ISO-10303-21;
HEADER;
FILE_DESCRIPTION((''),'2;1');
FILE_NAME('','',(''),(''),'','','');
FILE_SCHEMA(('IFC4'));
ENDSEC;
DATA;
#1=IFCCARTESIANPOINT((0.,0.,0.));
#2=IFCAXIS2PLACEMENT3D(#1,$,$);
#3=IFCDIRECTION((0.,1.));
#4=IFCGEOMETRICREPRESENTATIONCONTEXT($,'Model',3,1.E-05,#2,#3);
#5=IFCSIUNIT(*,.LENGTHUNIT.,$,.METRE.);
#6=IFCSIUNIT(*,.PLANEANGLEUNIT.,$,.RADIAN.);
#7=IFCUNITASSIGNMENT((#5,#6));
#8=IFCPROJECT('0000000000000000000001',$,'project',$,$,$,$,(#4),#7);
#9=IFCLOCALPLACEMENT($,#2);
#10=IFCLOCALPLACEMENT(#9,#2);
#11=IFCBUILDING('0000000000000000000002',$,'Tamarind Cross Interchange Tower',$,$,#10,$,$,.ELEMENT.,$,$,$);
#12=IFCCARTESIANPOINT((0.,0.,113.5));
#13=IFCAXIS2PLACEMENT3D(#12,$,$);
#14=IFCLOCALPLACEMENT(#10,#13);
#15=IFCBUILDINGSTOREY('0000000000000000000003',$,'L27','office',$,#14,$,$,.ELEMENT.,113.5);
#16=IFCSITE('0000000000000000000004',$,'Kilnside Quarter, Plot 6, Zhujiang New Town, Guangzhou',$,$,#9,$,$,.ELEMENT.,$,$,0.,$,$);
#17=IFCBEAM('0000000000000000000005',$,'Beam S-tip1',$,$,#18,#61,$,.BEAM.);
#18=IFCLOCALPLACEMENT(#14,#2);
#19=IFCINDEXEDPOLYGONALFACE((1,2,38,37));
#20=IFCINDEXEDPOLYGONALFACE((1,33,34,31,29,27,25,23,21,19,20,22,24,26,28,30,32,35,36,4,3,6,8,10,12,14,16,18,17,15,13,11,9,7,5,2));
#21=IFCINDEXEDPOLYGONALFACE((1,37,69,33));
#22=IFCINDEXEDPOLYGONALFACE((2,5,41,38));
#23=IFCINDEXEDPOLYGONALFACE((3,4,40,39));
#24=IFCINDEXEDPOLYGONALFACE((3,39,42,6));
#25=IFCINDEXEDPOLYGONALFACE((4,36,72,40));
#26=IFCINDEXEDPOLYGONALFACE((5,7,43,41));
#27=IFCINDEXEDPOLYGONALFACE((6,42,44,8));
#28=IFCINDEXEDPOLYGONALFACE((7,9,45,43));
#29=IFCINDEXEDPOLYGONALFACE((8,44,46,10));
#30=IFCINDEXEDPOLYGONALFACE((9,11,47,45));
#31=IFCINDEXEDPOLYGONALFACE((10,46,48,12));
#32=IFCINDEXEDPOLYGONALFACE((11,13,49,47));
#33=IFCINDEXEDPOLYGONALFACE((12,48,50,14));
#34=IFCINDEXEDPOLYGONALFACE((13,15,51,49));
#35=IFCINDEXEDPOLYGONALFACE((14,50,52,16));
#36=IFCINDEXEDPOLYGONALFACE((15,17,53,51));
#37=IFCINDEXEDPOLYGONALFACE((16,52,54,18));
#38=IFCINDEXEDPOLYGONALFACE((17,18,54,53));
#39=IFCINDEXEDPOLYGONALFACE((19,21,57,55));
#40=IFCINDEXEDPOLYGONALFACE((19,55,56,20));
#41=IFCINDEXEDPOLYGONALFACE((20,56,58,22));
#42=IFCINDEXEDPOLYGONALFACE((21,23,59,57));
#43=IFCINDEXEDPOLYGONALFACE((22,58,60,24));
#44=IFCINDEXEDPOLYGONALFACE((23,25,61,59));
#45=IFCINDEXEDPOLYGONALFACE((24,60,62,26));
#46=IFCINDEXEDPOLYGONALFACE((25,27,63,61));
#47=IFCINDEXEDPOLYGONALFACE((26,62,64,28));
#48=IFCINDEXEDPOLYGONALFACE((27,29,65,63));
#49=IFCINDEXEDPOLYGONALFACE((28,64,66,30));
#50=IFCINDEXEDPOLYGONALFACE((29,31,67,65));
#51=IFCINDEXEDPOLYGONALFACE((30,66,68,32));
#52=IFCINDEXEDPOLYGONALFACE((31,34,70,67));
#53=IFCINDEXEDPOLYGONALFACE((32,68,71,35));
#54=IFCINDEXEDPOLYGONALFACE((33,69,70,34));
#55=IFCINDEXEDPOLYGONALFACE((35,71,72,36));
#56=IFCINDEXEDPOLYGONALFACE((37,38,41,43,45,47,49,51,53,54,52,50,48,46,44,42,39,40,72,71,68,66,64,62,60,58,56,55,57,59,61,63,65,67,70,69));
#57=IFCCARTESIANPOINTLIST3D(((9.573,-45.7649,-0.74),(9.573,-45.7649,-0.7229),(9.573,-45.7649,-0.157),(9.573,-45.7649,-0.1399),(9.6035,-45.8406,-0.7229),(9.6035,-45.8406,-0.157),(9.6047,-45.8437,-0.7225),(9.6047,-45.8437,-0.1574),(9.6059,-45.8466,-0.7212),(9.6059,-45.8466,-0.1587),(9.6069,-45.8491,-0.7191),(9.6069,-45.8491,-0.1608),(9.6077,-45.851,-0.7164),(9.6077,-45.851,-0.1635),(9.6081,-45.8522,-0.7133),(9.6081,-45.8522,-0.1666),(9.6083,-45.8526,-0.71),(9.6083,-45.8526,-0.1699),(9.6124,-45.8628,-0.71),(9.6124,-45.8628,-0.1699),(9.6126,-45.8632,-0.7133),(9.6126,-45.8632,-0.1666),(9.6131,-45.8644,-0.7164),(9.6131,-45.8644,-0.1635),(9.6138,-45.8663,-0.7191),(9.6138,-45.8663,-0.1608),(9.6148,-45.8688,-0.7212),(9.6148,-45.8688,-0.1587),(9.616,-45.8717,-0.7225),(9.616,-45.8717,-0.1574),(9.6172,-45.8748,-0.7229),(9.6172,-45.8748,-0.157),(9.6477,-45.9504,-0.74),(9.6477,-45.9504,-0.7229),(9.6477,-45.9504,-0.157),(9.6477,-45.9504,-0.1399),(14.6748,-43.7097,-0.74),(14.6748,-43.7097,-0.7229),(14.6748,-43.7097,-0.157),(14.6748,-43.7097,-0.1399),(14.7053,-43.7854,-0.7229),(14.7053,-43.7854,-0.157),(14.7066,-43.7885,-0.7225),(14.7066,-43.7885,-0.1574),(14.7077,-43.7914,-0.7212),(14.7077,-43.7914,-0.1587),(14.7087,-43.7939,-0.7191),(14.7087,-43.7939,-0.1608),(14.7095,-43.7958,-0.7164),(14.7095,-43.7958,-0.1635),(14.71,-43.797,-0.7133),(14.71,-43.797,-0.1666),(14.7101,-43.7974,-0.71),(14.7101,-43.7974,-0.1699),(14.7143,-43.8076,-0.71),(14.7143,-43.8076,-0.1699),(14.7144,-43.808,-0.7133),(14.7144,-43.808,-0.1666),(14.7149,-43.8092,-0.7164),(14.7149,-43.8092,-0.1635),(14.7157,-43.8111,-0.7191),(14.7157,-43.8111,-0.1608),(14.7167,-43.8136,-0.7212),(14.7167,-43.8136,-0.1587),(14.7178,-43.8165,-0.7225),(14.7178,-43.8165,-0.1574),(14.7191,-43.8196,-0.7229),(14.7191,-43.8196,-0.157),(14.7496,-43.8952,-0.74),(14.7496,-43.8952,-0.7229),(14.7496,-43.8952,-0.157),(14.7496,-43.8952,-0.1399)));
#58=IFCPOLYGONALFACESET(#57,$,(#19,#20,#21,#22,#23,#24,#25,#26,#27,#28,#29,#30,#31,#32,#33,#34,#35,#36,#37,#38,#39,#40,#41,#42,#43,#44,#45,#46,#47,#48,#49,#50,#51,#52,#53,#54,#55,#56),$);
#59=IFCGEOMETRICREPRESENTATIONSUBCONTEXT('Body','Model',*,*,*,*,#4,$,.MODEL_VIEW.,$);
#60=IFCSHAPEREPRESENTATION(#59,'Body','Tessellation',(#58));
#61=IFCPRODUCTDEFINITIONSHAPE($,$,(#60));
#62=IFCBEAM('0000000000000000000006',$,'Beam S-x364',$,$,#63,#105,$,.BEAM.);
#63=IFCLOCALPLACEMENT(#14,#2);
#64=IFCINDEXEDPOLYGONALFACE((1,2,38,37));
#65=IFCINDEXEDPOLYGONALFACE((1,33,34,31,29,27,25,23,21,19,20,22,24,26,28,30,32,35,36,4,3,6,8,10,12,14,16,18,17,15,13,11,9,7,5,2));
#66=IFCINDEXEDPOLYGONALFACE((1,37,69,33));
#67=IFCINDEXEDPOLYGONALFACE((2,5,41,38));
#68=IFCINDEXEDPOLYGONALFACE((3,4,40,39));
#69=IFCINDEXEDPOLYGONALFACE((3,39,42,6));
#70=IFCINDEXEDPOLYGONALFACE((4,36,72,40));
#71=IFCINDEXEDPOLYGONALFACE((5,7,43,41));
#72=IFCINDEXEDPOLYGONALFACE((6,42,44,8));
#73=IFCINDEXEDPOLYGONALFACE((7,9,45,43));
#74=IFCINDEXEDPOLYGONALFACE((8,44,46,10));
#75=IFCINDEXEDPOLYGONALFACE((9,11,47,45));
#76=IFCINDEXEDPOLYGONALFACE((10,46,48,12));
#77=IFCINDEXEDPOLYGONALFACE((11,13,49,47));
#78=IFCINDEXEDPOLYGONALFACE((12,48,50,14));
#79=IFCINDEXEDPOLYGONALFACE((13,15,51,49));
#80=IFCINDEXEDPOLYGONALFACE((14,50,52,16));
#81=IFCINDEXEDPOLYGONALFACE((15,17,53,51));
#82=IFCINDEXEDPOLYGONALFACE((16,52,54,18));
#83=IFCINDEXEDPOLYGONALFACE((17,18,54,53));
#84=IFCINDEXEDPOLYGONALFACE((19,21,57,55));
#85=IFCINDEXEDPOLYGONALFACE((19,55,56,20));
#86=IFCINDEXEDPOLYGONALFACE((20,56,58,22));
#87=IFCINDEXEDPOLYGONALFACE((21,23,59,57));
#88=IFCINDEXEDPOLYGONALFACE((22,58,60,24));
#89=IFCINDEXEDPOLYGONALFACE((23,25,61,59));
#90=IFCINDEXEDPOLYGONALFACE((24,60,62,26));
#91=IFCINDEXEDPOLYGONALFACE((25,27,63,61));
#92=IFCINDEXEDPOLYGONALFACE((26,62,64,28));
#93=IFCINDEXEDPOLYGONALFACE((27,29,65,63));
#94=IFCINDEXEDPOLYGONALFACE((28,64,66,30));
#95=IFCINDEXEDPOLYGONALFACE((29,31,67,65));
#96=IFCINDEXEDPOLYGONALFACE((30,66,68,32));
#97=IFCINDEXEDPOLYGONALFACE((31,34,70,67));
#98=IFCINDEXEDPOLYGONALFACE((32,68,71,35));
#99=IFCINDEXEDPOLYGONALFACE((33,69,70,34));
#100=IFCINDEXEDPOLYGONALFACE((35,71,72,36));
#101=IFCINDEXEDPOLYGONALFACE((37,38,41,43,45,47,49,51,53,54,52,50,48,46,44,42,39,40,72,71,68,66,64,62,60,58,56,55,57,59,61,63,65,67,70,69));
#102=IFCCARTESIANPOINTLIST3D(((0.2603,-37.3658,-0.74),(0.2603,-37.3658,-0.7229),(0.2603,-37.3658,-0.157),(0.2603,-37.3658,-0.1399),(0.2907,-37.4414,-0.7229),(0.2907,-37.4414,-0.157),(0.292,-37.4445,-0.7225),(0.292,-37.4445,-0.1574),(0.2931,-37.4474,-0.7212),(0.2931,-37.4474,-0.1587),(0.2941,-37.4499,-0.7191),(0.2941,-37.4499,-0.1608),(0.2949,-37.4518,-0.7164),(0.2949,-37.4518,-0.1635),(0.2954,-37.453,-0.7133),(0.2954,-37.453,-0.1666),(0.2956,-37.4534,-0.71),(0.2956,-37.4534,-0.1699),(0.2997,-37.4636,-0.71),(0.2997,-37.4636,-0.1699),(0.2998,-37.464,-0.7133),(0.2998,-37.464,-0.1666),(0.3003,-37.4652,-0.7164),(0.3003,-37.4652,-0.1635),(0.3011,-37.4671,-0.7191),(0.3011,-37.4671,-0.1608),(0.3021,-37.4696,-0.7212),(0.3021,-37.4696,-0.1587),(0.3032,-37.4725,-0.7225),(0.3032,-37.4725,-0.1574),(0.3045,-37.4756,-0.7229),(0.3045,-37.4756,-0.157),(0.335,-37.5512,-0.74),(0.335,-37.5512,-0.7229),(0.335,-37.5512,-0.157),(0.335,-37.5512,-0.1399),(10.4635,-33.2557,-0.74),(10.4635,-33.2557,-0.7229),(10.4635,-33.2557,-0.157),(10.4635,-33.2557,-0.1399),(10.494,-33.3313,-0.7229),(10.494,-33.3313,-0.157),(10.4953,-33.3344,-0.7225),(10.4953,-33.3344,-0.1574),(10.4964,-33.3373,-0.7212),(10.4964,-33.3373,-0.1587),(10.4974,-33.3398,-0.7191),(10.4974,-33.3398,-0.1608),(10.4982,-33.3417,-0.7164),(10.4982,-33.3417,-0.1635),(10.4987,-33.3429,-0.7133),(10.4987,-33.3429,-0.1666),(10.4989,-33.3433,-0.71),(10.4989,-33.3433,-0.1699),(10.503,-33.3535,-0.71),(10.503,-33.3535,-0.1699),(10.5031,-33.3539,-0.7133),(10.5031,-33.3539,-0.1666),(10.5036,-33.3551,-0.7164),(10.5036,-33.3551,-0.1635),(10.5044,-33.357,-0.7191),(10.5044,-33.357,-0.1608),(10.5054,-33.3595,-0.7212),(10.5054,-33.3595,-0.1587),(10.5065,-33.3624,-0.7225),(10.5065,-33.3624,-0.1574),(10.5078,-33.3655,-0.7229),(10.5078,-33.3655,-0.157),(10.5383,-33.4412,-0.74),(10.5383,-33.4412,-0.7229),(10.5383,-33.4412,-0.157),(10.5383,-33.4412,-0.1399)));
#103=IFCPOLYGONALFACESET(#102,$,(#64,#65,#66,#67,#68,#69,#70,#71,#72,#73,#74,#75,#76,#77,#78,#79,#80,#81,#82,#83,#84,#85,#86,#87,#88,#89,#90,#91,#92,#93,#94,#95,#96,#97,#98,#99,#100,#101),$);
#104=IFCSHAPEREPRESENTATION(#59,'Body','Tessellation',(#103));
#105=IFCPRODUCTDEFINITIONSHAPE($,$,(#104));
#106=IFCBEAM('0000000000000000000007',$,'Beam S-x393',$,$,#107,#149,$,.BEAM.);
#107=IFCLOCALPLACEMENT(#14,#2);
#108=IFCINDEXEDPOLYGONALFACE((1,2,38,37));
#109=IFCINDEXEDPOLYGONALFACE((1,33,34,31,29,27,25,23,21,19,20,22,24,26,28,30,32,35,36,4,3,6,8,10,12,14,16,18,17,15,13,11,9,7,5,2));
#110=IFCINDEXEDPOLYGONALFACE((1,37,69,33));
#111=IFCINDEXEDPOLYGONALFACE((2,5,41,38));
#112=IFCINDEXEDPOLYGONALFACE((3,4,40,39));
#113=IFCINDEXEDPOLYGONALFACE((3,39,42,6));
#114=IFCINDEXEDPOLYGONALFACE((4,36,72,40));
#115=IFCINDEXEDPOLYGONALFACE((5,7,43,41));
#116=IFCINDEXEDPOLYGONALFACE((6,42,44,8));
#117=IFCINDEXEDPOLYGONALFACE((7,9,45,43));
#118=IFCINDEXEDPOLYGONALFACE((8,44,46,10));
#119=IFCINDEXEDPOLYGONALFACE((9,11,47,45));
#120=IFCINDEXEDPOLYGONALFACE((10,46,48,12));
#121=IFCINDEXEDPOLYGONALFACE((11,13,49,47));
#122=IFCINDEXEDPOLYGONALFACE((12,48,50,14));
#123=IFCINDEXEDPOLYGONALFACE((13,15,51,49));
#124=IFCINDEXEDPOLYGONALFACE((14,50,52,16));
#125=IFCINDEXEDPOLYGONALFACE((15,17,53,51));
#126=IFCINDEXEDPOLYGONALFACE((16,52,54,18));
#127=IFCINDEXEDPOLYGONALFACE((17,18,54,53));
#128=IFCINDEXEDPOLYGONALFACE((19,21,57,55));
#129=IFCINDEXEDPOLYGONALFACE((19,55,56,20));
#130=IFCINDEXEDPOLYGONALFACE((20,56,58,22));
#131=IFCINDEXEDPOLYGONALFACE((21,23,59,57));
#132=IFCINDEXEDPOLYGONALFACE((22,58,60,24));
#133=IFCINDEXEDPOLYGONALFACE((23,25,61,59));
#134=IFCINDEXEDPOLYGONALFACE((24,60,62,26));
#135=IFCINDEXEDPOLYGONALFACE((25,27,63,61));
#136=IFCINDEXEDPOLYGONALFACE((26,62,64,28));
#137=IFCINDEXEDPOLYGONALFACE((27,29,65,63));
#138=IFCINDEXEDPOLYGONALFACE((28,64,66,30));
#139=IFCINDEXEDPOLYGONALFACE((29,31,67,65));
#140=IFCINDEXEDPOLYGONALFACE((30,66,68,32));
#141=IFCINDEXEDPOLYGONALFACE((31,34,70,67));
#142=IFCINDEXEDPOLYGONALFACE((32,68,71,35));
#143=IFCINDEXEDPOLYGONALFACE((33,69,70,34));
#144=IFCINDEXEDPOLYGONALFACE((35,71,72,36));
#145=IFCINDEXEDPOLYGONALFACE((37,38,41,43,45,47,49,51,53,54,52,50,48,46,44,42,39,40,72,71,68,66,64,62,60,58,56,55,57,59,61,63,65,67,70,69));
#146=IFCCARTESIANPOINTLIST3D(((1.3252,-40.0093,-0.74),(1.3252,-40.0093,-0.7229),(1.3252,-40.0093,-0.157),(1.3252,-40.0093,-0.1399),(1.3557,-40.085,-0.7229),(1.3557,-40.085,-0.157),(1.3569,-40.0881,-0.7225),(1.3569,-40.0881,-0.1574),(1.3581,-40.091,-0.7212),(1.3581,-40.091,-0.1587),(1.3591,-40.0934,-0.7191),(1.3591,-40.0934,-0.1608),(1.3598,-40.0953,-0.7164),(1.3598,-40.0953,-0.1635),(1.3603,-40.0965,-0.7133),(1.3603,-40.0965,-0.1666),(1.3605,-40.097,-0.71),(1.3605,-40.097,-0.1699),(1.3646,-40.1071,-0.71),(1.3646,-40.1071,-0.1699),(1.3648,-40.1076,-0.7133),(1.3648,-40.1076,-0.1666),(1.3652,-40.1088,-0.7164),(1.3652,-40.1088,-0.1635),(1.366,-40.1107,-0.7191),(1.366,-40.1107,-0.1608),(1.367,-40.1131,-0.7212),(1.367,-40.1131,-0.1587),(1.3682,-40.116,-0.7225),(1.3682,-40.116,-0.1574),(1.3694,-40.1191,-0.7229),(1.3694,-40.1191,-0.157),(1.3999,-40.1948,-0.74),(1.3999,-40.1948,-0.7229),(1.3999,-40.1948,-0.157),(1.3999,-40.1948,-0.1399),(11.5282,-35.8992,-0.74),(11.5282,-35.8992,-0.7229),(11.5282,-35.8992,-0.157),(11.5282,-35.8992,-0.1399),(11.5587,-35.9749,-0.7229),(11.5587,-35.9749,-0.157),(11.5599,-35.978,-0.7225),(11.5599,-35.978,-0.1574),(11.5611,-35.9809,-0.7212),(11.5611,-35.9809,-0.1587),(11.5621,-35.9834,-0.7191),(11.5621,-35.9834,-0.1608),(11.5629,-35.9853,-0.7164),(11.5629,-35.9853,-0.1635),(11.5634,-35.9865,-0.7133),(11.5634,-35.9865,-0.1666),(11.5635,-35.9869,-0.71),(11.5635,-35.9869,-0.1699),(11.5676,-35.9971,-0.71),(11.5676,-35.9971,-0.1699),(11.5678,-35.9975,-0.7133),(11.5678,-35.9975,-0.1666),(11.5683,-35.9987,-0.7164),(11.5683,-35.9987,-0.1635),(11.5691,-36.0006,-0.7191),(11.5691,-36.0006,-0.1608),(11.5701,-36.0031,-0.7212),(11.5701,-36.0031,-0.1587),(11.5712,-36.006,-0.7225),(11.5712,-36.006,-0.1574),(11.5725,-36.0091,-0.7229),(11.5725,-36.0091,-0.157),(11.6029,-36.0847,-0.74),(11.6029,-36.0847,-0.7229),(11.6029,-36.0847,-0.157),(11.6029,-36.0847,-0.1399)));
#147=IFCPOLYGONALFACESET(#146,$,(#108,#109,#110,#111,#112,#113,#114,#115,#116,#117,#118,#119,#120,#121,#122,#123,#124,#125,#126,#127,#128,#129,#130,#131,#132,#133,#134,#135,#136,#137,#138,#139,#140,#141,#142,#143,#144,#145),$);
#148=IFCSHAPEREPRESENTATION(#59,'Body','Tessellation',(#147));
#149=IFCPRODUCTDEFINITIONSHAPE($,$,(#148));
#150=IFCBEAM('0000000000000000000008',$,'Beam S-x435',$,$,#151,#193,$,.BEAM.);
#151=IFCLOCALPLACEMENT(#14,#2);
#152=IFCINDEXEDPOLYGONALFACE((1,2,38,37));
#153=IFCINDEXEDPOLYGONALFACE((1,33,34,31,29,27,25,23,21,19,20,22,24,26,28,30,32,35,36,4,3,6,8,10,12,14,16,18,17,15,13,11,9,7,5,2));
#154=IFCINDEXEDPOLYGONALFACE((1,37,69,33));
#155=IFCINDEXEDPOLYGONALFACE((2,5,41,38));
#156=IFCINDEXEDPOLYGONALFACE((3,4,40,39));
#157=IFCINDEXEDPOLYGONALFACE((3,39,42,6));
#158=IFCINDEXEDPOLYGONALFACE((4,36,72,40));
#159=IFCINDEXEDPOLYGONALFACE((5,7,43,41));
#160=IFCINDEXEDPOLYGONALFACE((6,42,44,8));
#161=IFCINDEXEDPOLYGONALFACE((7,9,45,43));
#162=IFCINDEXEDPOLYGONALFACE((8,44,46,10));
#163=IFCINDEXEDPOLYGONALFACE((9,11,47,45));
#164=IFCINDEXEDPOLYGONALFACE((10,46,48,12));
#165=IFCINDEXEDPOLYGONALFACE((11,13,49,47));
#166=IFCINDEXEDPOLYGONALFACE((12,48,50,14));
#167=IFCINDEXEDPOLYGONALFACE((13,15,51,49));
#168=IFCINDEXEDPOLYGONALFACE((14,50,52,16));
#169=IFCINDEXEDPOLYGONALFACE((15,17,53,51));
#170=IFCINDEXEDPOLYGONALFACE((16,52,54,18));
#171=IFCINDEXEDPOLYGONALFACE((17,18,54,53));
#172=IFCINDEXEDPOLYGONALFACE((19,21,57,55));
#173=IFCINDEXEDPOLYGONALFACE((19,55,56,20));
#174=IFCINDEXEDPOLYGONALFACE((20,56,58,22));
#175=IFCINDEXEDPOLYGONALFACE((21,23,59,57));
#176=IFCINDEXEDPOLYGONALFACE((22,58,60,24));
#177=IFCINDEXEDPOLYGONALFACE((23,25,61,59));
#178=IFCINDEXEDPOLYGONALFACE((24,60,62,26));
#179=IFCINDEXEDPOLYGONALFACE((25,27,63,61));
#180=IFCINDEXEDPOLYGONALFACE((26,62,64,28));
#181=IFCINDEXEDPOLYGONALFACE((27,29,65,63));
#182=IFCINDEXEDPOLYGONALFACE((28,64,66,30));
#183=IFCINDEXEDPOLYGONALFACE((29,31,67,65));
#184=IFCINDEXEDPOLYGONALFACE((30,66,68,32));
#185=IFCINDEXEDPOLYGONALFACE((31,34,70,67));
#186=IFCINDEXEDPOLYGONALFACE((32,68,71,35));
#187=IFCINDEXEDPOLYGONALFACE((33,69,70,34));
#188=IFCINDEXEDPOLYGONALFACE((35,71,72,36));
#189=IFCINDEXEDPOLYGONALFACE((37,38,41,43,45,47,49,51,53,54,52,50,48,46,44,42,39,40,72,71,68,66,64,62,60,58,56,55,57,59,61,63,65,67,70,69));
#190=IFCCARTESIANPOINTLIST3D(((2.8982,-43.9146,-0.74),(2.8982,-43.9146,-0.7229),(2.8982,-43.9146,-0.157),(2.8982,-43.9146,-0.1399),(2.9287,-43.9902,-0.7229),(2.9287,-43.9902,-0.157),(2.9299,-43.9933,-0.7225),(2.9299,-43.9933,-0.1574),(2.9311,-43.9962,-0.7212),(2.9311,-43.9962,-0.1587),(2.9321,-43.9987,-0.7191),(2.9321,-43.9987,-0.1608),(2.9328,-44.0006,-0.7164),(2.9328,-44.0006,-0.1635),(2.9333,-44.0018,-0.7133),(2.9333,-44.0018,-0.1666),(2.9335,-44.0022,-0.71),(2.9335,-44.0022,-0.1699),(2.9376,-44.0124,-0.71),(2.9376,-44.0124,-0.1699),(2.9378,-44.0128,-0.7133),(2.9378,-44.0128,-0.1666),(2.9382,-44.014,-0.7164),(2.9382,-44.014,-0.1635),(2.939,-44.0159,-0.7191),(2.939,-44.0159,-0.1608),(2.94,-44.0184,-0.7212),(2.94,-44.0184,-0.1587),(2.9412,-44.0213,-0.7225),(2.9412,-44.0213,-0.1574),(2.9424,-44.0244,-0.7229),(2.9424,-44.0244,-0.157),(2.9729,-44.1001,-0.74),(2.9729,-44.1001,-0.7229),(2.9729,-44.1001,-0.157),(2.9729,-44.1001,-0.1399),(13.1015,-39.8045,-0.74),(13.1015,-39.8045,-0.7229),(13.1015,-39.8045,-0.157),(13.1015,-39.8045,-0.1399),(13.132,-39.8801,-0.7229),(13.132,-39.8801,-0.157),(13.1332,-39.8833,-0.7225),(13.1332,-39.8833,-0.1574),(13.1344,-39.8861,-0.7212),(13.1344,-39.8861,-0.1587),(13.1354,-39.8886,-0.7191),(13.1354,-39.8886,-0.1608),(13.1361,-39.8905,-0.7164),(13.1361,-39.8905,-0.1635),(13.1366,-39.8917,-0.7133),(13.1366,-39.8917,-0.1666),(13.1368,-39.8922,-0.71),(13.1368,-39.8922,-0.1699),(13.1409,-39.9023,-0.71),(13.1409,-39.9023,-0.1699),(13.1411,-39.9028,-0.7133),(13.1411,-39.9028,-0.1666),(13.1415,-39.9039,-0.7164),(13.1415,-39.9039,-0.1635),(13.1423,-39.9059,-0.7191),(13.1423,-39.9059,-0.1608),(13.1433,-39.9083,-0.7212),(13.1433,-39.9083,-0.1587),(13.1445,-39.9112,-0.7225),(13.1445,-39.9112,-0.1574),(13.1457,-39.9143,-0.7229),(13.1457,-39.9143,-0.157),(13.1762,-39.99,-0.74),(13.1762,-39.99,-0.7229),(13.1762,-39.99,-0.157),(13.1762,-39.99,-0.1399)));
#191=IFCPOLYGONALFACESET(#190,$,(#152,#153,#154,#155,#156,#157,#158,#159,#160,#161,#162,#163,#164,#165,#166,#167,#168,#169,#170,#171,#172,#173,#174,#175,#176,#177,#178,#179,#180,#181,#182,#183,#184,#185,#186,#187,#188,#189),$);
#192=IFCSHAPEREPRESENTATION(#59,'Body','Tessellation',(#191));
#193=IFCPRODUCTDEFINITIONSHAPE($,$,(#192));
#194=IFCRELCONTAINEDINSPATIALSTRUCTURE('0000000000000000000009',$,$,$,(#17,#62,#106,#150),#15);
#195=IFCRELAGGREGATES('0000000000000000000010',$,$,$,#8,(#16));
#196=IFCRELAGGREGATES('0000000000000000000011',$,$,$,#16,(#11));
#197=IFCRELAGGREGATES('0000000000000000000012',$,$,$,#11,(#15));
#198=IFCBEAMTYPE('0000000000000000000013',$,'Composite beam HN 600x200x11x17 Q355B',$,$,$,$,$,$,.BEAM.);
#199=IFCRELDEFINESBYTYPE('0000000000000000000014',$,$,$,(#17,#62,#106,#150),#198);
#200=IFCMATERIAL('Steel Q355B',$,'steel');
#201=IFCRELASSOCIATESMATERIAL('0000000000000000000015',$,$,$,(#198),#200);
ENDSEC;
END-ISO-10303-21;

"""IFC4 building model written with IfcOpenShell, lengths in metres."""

from ifc_helpers import new_model, si_unit, direction, frame, origin, origin_2d, place, context, subcontext, project, spatial, i_section, extrude, material, material_profile, profile_set, type_object, element, save


model = new_model("IFC4")

# Units and contexts
model_context = context("Model", 3, precision=1e-05, world=origin(), true_north=direction((0.0, 1.0)))
body_context = subcontext(model_context, "Body", "Model", "MODEL_VIEW")
ifc_project = project(units=[si_unit("LENGTHUNIT", "METRE"), si_unit("PLANEANGLEUNIT", "RADIAN")], contexts=[model_context])

# Site, building, storey
site_placement = place(None, origin())
site = spatial("IfcSite", under=ifc_project, at=site_placement, Name="Kilnside Quarter, Plot 6, Zhujiang New Town, Guangzhou", CompositionType="ELEMENT", RefElevation=0.0)
building_placement = place(site_placement, origin())
building = spatial("IfcBuilding", under=site, at=building_placement, Name="Tamarind Cross Interchange Tower", CompositionType="ELEMENT")
storey_placement = place(building_placement, frame((0.0, 0.0, 113.5)))
storey = spatial("IfcBuildingStorey", under=building, at=storey_placement, Name="L27", Description="office", CompositionType="ELEMENT", Elevation=113.5)

# Beams
ifc_material_1 = material(Name="Steel Q355B", Category="steel")
ifc_material_profile_1 = material_profile(ifc_material_1, i_section(OverallWidth=0.2, OverallDepth=0.6001, WebThickness=0.011, FlangeThickness=0.0171, FilletRadius=0.0129, at=origin_2d()), Name="HN 600x200x11x17")
ifc_profile_set_1 = profile_set([ifc_material_profile_1], Name="Steel Q355B")
beam_type_1 = type_object("IfcBeamType", Name="Composite beam HN 600x200x11x17 Q355B", PredefinedType="BEAM", material=ifc_profile_set_1)
beam_1_placement = place(storey_placement, frame((9.6104, -45.8577, -0.4399), z_axis=(0.927568, 0.373655, 0.0), x_axis=(-0.373655, 0.927568, 0.0)))
element("IfcBeam", 1, at=beam_1_placement, inside=storey, type_object=beam_type_1, Name="Beam S-tip1", PredefinedType="BEAM", context=body_context, shape_type="SweptSolid", body=[
    extrude(i_section(OverallWidth=0.2, OverallDepth=0.6001, WebThickness=0.011, FlangeThickness=0.0171, FilletRadius=0.0129, at=origin_2d()), origin(), (0.0, 0.0, 1.0), 5.5002),
])
beam_2_placement = place(storey_placement, frame((0.2976, -37.4585, -0.4399), z_axis=(0.927572, 0.373643, 0.0), x_axis=(-0.373643, 0.927572, 0.0)))
element("IfcBeam", 2, at=beam_2_placement, inside=storey, type_object=beam_type_1, Name="Beam S-x364", PredefinedType="BEAM", context=body_context, shape_type="SweptSolid", body=[
    extrude(i_section(OverallWidth=0.2, OverallDepth=0.6001, WebThickness=0.011, FlangeThickness=0.0171, FilletRadius=0.0129, at=origin_2d()), origin(), (0.0, 0.0, 1.0), 11.0),
])
beam_3_placement = place(storey_placement, frame((1.3625, -40.1021, -0.4399), z_axis=(0.927569, 0.373651, 0.0), x_axis=(-0.373651, 0.927569, 0.0)))
element("IfcBeam", 3, at=beam_3_placement, inside=storey, type_object=beam_type_1, Name="Beam S-x393", PredefinedType="BEAM", context=body_context, shape_type="SweptSolid", body=[
    extrude(i_section(OverallWidth=0.2, OverallDepth=0.6001, WebThickness=0.011, FlangeThickness=0.0171, FilletRadius=0.0129, at=origin_2d()), origin(), (0.0, 0.0, 1.0), 10.9998),
])
beam_4_placement = place(storey_placement, frame((2.9355, -44.0073, -0.4399), z_axis=(0.927572, 0.373643, 0.0), x_axis=(-0.373643, 0.927572, 0.0)))
element("IfcBeam", 4, at=beam_4_placement, inside=storey, type_object=beam_type_1, Name="Beam S-x435", PredefinedType="BEAM", context=body_context, shape_type="SweptSolid", body=[
    extrude(i_section(OverallWidth=0.2, OverallDepth=0.6001, WebThickness=0.011, FlangeThickness=0.0171, FilletRadius=0.0129, at=origin_2d()), origin(), (0.0, 0.0, 1.0), 11.0),
])

save(model, "model.ifc")
